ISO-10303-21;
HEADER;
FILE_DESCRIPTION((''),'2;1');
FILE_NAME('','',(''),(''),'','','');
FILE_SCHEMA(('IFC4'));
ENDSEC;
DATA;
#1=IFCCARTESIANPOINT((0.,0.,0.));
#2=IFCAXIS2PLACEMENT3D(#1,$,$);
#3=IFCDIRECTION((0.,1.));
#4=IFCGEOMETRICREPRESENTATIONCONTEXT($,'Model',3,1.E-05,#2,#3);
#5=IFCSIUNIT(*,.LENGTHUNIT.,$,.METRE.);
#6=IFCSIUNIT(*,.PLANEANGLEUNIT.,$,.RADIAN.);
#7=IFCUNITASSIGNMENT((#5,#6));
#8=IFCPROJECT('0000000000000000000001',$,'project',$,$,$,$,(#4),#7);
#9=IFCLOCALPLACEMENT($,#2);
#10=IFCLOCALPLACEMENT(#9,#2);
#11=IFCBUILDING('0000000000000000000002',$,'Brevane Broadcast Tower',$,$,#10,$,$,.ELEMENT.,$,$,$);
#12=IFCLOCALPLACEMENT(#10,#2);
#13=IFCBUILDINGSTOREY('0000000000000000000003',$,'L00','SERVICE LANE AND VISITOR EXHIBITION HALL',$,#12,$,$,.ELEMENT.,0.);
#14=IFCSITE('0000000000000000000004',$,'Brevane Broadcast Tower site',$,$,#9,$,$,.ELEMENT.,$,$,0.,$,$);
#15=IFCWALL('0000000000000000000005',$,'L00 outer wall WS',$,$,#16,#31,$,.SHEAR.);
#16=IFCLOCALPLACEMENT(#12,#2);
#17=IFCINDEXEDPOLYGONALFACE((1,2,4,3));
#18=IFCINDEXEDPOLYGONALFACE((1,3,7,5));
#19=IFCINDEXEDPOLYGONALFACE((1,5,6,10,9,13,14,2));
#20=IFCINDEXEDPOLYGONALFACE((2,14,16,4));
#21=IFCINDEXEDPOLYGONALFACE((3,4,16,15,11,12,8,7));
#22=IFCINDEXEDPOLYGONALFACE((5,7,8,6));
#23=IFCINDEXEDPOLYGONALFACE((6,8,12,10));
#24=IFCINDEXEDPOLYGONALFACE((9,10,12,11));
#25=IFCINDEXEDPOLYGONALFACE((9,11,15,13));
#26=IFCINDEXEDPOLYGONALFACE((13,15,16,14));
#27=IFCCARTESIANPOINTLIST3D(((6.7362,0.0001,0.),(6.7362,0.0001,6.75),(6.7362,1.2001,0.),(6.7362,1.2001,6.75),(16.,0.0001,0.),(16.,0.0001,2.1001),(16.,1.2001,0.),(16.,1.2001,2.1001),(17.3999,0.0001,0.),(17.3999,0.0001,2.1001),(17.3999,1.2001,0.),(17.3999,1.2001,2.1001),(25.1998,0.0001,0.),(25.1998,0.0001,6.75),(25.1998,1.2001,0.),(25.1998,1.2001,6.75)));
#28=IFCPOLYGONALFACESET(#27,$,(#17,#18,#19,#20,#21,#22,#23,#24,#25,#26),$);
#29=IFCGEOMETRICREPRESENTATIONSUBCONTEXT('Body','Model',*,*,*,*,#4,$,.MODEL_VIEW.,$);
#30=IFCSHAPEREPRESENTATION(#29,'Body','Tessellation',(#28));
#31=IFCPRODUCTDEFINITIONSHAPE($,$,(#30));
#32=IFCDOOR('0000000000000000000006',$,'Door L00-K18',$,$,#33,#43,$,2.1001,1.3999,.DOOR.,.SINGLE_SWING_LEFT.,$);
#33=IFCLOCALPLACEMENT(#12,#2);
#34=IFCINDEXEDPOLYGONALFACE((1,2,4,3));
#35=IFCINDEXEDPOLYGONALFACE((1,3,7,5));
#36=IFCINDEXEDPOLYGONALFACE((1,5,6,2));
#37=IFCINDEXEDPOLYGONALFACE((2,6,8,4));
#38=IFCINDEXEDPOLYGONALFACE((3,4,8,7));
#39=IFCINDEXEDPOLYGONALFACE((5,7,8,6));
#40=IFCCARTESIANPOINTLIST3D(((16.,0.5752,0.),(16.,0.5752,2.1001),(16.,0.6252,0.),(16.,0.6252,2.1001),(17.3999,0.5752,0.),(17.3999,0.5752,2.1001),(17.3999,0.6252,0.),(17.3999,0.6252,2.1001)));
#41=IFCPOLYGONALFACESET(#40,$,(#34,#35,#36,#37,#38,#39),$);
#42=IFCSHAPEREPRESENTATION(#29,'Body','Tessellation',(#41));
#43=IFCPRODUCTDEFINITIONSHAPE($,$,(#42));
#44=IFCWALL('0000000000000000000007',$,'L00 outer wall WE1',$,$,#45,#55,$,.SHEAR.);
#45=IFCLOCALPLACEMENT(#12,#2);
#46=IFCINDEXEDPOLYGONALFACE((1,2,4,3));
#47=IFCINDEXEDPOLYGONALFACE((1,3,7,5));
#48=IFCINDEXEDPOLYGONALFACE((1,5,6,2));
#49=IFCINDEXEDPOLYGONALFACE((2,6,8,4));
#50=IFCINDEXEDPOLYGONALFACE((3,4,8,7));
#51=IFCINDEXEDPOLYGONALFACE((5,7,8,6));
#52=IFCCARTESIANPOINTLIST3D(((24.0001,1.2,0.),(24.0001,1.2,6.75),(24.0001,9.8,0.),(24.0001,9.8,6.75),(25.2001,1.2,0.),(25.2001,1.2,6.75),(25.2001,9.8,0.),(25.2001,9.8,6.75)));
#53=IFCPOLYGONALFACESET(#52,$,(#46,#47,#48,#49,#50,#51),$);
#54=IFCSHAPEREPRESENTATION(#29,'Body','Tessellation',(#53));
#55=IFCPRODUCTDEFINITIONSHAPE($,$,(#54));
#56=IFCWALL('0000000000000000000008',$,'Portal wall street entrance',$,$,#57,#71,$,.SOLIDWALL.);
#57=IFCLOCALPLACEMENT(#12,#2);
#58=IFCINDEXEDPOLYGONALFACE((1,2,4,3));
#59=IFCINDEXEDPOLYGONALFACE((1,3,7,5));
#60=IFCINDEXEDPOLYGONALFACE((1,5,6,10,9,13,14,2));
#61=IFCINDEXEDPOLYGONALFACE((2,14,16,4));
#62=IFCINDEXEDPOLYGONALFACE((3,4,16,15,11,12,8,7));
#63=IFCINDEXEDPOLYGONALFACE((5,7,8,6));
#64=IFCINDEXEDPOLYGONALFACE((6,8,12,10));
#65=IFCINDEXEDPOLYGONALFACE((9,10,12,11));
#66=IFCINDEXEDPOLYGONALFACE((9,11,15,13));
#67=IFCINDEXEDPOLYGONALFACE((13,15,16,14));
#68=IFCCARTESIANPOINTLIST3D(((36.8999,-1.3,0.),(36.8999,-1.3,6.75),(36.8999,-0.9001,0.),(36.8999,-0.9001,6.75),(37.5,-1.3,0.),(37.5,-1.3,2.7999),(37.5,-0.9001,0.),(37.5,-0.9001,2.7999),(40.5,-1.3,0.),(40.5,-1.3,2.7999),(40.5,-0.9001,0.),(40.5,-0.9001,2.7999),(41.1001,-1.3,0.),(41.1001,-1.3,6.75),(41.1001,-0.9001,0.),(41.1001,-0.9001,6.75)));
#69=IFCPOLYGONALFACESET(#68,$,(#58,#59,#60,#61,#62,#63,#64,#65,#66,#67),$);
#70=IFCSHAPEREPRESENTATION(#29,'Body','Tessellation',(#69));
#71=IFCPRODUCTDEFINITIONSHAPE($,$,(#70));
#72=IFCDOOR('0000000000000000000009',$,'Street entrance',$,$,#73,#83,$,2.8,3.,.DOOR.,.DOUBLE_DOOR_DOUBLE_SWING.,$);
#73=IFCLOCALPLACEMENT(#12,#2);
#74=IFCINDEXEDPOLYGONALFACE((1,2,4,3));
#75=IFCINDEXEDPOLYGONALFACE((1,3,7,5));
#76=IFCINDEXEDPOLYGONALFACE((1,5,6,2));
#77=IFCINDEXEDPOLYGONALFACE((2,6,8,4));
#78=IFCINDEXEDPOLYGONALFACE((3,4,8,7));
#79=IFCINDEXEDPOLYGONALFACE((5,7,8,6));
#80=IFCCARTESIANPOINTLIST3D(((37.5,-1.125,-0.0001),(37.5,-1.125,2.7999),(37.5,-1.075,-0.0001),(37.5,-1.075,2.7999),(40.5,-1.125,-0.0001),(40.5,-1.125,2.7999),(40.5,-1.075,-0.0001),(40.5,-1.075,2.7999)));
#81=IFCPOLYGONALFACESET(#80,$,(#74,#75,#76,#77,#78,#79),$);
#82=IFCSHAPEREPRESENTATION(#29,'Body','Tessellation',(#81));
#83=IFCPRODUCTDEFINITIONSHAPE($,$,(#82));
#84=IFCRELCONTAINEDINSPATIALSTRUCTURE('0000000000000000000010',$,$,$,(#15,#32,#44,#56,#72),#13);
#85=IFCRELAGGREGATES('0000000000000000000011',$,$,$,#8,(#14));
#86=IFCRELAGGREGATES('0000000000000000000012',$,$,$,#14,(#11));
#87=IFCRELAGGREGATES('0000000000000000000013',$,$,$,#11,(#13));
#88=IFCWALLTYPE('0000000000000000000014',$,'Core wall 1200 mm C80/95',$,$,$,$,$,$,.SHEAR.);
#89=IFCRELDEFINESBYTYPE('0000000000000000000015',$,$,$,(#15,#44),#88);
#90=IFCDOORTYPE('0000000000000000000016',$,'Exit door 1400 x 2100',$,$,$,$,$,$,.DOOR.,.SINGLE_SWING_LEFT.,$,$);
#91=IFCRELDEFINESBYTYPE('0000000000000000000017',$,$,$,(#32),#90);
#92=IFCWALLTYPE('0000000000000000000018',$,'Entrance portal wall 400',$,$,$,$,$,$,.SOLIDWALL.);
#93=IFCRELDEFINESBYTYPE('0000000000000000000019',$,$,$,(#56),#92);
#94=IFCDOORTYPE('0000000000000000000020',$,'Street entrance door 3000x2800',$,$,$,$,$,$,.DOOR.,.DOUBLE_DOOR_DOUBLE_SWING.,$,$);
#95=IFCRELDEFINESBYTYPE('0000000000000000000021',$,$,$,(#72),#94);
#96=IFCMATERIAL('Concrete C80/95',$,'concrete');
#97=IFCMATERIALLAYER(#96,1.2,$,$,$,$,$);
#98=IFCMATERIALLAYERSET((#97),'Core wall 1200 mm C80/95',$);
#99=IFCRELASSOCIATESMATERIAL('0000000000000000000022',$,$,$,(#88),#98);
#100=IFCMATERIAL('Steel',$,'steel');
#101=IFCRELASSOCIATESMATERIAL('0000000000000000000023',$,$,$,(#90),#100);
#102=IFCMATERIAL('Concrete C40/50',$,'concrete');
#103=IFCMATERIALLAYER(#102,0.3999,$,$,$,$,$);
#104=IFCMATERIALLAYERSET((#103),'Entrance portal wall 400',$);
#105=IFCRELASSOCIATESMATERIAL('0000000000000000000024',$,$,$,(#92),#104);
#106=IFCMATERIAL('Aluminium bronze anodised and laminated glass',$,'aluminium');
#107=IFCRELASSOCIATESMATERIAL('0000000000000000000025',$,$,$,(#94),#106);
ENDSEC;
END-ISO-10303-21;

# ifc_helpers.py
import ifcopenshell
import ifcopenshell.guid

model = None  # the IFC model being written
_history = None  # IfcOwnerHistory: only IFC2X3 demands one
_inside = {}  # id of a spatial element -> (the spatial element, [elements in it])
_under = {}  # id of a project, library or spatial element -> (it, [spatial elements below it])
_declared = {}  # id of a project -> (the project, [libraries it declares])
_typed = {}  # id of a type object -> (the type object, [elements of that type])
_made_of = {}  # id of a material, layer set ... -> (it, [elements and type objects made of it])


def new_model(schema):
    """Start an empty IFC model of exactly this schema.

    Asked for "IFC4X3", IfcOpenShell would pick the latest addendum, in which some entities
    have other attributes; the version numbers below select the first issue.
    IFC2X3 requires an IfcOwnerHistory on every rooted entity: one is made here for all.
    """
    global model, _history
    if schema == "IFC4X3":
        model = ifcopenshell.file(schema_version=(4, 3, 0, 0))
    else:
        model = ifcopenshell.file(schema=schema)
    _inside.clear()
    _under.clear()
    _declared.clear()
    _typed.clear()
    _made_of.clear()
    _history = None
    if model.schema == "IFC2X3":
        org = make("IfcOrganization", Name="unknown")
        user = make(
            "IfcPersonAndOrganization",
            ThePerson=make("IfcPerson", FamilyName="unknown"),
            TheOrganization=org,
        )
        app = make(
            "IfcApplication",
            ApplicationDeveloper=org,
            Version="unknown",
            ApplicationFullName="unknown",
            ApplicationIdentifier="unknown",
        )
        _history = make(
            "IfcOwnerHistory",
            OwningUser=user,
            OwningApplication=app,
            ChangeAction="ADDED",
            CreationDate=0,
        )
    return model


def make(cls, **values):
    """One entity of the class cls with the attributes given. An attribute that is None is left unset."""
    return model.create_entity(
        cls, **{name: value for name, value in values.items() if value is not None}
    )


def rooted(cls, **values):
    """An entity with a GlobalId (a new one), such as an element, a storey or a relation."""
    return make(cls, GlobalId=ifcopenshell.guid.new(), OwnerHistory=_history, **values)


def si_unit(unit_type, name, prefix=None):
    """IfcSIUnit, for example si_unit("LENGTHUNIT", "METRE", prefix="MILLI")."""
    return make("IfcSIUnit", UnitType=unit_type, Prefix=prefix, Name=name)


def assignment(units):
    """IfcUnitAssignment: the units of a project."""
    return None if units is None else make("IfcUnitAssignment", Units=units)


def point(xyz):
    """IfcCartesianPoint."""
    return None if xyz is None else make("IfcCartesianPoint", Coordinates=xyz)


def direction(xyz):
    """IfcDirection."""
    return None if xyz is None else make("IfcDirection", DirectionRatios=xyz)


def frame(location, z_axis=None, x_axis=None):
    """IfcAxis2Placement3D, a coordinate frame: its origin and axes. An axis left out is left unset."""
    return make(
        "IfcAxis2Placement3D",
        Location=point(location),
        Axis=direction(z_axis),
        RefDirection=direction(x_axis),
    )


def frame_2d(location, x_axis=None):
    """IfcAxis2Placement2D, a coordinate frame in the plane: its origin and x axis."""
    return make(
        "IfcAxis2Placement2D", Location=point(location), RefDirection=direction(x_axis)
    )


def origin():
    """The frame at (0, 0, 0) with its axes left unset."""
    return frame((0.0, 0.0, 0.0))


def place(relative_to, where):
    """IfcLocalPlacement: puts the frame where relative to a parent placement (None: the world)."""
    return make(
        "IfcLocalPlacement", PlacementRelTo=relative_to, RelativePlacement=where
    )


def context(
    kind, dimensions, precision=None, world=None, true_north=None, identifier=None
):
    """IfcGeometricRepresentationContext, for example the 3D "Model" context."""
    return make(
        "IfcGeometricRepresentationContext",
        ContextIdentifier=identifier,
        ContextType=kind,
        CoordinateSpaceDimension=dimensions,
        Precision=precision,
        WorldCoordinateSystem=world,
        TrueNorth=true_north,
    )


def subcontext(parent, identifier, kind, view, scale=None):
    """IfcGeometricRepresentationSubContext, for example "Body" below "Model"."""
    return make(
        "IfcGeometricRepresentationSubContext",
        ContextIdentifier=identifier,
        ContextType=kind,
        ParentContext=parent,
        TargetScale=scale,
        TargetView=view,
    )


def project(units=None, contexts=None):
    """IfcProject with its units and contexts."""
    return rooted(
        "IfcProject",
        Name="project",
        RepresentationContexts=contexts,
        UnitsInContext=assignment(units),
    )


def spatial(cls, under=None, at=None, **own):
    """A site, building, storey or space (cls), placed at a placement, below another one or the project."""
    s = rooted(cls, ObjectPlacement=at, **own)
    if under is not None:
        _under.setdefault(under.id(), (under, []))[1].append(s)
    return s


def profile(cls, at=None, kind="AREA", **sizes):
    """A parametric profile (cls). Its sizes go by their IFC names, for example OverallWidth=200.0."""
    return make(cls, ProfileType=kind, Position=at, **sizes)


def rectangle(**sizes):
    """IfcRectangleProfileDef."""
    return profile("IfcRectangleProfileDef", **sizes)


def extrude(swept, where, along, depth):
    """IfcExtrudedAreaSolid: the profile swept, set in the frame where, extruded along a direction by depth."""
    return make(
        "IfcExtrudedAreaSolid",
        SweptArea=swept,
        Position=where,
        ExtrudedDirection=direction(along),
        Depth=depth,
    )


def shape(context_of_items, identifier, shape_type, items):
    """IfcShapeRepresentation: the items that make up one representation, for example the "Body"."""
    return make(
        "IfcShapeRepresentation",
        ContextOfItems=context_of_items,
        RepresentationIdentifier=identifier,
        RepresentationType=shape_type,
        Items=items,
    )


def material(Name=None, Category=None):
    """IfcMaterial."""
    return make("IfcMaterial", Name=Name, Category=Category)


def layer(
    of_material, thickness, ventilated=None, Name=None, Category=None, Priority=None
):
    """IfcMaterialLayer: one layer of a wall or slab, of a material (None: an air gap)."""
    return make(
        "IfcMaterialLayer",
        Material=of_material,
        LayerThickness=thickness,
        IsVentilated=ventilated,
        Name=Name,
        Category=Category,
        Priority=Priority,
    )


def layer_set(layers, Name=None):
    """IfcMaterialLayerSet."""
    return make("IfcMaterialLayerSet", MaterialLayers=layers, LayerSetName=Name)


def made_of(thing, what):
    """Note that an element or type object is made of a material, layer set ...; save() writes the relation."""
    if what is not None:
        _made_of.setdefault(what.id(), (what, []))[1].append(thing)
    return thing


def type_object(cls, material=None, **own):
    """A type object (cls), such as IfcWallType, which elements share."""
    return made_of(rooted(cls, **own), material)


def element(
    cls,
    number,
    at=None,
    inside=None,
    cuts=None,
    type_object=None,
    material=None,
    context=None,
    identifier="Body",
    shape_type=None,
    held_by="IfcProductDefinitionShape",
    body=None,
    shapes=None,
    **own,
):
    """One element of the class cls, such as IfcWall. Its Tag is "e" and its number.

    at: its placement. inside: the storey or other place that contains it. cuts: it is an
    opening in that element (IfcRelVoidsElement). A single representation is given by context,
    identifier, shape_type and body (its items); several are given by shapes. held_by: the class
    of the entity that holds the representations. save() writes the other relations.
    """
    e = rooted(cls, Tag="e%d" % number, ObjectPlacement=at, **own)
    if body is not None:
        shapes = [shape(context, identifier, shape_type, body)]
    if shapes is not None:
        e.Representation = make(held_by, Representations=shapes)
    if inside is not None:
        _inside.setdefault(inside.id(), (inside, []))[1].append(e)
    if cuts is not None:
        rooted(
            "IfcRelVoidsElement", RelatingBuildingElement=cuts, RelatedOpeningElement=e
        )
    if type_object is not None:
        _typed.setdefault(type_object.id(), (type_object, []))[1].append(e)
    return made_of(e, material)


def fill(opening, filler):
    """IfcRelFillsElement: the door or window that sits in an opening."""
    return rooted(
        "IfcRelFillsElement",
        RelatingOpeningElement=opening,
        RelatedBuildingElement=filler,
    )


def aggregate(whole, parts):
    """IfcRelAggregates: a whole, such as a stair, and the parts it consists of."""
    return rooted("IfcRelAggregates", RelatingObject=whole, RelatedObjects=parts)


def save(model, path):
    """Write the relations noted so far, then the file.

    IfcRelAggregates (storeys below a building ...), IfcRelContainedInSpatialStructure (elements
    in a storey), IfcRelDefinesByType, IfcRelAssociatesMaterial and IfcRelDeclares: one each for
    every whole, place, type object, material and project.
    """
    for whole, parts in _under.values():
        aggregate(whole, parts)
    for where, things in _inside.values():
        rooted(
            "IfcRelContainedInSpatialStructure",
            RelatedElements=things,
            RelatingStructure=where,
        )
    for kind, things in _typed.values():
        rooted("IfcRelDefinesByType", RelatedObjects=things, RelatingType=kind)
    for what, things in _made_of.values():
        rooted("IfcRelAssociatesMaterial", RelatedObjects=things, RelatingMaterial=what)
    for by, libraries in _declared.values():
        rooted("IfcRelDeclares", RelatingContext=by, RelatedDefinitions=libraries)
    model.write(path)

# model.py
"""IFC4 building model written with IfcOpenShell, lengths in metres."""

from ifc_helpers import new_model, si_unit, direction, frame, frame_2d, origin, place, context, subcontext, project, spatial, rectangle, extrude, material, layer, layer_set, type_object, element, fill, save


model = new_model("IFC4")

# Units and contexts
model_context = context("Model", 3, precision=1e-05, world=origin(), true_north=direction((0.0, 1.0)))
body_context = subcontext(model_context, "Body", "Model", "MODEL_VIEW")
ifc_project = project(units=[si_unit("LENGTHUNIT", "METRE"), si_unit("PLANEANGLEUNIT", "RADIAN")], contexts=[model_context])

# Site, building, storey
site_placement = place(None, origin())
site = spatial("IfcSite", under=ifc_project, at=site_placement, Name="Brevane Broadcast Tower site", CompositionType="ELEMENT", RefElevation=0.0)
building_placement = place(site_placement, origin())
building = spatial("IfcBuilding", under=site, at=building_placement, Name="Brevane Broadcast Tower", CompositionType="ELEMENT")
storey_placement = place(building_placement, origin())
storey = spatial("IfcBuildingStorey", under=building, at=storey_placement, Name="L00", Description="SERVICE LANE AND VISITOR EXHIBITION HALL", CompositionType="ELEMENT", Elevation=0.0)

# Shared definitions
ifc_material_1 = material(Name="Concrete C80/95", Category="concrete")

# Shared definitions
ifc_material_2 = material(Name="Concrete C40/50", Category="concrete")

# Wall, opening, door
ifc_layer_1 = layer(ifc_material_1, 1.2)
ifc_layer_set_1 = layer_set([ifc_layer_1], Name="Core wall 1200 mm C80/95")
wall_type_1 = type_object("IfcWallType", Name="Core wall 1200 mm C80/95", PredefinedType="SHEAR", material=ifc_layer_set_1)
wall_1_placement = place(storey_placement, frame((25.2, 0.6001, 0.0), z_axis=(0.0, 0.0, 1.0), x_axis=(-1.0, 0.0, 0.0)))
wall_1 = element("IfcWall", 1, at=wall_1_placement, inside=storey, type_object=wall_type_1, Name="L00 outer wall WS", PredefinedType="SHEAR", context=body_context, shape_type="SweptSolid", body=[
    extrude(rectangle(XDim=18.4636, YDim=1.2, at=frame_2d((9.2319, 0.0))), origin(), (0.0, 0.0, 1.0), 6.75),
])
opening_1_placement = place(wall_1_placement, frame((7.8, 0.0, 0.0)))
opening_1 = element("IfcOpeningElement", 2, at=opening_1_placement, cuts=wall_1, PredefinedType="OPENING", context=body_context, shape_type="SweptSolid", body=[
    extrude(rectangle(XDim=1.3999, YDim=2.1001, at=frame_2d((0.7, 1.05))), frame((0.0, 0.6099, 0.0), z_axis=(0.0, -1.0, 0.0), x_axis=(1.0, 0.0, 0.0)), (0.0, 0.0, 1.0), 1.22),
])
ifc_material_3 = material(Name="Steel", Category="steel")
door_type_1 = type_object("IfcDoorType", Name="Exit door 1400 x 2100", OperationType="SINGLE_SWING_LEFT", PredefinedType="DOOR", material=ifc_material_3)
door_1_placement = place(opening_1_placement, origin())
door_1 = element("IfcDoor", 3, at=door_1_placement, inside=storey, type_object=door_type_1, Name="Door L00-K18", OperationType="SINGLE_SWING_LEFT", OverallHeight=2.1001, OverallWidth=1.3999, PredefinedType="DOOR", context=body_context, shape_type="SweptSolid", body=[
    extrude(rectangle(XDim=1.3999, YDim=2.1001, at=frame_2d((0.7, 1.05))), frame((0.0, 0.0249, 0.0), z_axis=(0.0, -1.0, 0.0), x_axis=(1.0, 0.0, 0.0)), (0.0, 0.0, 1.0), 0.05),
])
fill(opening_1, door_1)

# Wall
wall_2_placement = place(storey_placement, frame((24.6001, 1.2, 0.0), z_axis=(0.0, 0.0, 1.0), x_axis=(0.0, 1.0, 0.0)))
element("IfcWall", 4, at=wall_2_placement, inside=storey, type_object=wall_type_1, Name="L00 outer wall WE1", PredefinedType="SHEAR", context=body_context, shape_type="SweptSolid", body=[
    extrude(rectangle(XDim=8.6001, YDim=1.2, at=frame_2d((4.3, 0.0))), origin(), (0.0, 0.0, 1.0), 6.75),
])

# Wall, opening, door
ifc_layer_2 = layer(ifc_material_2, 0.3999)
ifc_layer_set_2 = layer_set([ifc_layer_2], Name="Entrance portal wall 400")
wall_type_2 = type_object("IfcWallType", Name="Entrance portal wall 400", PredefinedType="SOLIDWALL", material=ifc_layer_set_2)
wall_3_placement = place(storey_placement, frame((41.1001, -1.1001, 0.0), z_axis=(0.0, 0.0, 1.0), x_axis=(-1.0, 0.0, 0.0)))
wall_3 = element("IfcWall", 5, at=wall_3_placement, inside=storey, type_object=wall_type_2, Name="Portal wall street entrance", PredefinedType="SOLIDWALL", context=body_context, shape_type="SweptSolid", body=[
    extrude(rectangle(XDim=4.2002, YDim=0.3999, at=frame_2d((2.1001, 0.0))), origin(), (0.0, 0.0, 1.0), 6.75),
])
opening_2_placement = place(wall_3_placement, frame((0.6001, 0.0, 0.0)))
opening_2 = element("IfcOpeningElement", 6, at=opening_2_placement, cuts=wall_3, PredefinedType="OPENING", context=body_context, shape_type="SweptSolid", body=[
    extrude(rectangle(XDim=3.0, YDim=2.8, at=frame_2d((1.5, 1.3999))), frame((0.0, 0.21, 0.0), z_axis=(0.0, -1.0, 0.0), x_axis=(1.0, 0.0, 0.0)), (0.0, 0.0, 1.0), 0.4199),
])
ifc_material_4 = material(Name="Aluminium bronze anodised and laminated glass", Category="aluminium")
door_type_2 = type_object("IfcDoorType", Name="Street entrance door 3000x2800", OperationType="DOUBLE_DOOR_DOUBLE_SWING", PredefinedType="DOOR", material=ifc_material_4)
door_2_placement = place(opening_2_placement, origin())
door_2 = element("IfcDoor", 7, at=door_2_placement, inside=storey, type_object=door_type_2, Name="Street entrance", OperationType="DOUBLE_DOOR_DOUBLE_SWING", OverallHeight=2.8, OverallWidth=3.0, PredefinedType="DOOR", context=body_context, shape_type="SweptSolid", body=[
    extrude(rectangle(XDim=3.0, YDim=2.8, at=frame_2d((1.5, 1.3999))), frame((0.0, 0.0249, 0.0), z_axis=(0.0, -1.0, 0.0), x_axis=(1.0, 0.0, 0.0)), (0.0, 0.0, 1.0), 0.05),
])
fill(opening_2, door_2)

save(model, "model.ifc")
